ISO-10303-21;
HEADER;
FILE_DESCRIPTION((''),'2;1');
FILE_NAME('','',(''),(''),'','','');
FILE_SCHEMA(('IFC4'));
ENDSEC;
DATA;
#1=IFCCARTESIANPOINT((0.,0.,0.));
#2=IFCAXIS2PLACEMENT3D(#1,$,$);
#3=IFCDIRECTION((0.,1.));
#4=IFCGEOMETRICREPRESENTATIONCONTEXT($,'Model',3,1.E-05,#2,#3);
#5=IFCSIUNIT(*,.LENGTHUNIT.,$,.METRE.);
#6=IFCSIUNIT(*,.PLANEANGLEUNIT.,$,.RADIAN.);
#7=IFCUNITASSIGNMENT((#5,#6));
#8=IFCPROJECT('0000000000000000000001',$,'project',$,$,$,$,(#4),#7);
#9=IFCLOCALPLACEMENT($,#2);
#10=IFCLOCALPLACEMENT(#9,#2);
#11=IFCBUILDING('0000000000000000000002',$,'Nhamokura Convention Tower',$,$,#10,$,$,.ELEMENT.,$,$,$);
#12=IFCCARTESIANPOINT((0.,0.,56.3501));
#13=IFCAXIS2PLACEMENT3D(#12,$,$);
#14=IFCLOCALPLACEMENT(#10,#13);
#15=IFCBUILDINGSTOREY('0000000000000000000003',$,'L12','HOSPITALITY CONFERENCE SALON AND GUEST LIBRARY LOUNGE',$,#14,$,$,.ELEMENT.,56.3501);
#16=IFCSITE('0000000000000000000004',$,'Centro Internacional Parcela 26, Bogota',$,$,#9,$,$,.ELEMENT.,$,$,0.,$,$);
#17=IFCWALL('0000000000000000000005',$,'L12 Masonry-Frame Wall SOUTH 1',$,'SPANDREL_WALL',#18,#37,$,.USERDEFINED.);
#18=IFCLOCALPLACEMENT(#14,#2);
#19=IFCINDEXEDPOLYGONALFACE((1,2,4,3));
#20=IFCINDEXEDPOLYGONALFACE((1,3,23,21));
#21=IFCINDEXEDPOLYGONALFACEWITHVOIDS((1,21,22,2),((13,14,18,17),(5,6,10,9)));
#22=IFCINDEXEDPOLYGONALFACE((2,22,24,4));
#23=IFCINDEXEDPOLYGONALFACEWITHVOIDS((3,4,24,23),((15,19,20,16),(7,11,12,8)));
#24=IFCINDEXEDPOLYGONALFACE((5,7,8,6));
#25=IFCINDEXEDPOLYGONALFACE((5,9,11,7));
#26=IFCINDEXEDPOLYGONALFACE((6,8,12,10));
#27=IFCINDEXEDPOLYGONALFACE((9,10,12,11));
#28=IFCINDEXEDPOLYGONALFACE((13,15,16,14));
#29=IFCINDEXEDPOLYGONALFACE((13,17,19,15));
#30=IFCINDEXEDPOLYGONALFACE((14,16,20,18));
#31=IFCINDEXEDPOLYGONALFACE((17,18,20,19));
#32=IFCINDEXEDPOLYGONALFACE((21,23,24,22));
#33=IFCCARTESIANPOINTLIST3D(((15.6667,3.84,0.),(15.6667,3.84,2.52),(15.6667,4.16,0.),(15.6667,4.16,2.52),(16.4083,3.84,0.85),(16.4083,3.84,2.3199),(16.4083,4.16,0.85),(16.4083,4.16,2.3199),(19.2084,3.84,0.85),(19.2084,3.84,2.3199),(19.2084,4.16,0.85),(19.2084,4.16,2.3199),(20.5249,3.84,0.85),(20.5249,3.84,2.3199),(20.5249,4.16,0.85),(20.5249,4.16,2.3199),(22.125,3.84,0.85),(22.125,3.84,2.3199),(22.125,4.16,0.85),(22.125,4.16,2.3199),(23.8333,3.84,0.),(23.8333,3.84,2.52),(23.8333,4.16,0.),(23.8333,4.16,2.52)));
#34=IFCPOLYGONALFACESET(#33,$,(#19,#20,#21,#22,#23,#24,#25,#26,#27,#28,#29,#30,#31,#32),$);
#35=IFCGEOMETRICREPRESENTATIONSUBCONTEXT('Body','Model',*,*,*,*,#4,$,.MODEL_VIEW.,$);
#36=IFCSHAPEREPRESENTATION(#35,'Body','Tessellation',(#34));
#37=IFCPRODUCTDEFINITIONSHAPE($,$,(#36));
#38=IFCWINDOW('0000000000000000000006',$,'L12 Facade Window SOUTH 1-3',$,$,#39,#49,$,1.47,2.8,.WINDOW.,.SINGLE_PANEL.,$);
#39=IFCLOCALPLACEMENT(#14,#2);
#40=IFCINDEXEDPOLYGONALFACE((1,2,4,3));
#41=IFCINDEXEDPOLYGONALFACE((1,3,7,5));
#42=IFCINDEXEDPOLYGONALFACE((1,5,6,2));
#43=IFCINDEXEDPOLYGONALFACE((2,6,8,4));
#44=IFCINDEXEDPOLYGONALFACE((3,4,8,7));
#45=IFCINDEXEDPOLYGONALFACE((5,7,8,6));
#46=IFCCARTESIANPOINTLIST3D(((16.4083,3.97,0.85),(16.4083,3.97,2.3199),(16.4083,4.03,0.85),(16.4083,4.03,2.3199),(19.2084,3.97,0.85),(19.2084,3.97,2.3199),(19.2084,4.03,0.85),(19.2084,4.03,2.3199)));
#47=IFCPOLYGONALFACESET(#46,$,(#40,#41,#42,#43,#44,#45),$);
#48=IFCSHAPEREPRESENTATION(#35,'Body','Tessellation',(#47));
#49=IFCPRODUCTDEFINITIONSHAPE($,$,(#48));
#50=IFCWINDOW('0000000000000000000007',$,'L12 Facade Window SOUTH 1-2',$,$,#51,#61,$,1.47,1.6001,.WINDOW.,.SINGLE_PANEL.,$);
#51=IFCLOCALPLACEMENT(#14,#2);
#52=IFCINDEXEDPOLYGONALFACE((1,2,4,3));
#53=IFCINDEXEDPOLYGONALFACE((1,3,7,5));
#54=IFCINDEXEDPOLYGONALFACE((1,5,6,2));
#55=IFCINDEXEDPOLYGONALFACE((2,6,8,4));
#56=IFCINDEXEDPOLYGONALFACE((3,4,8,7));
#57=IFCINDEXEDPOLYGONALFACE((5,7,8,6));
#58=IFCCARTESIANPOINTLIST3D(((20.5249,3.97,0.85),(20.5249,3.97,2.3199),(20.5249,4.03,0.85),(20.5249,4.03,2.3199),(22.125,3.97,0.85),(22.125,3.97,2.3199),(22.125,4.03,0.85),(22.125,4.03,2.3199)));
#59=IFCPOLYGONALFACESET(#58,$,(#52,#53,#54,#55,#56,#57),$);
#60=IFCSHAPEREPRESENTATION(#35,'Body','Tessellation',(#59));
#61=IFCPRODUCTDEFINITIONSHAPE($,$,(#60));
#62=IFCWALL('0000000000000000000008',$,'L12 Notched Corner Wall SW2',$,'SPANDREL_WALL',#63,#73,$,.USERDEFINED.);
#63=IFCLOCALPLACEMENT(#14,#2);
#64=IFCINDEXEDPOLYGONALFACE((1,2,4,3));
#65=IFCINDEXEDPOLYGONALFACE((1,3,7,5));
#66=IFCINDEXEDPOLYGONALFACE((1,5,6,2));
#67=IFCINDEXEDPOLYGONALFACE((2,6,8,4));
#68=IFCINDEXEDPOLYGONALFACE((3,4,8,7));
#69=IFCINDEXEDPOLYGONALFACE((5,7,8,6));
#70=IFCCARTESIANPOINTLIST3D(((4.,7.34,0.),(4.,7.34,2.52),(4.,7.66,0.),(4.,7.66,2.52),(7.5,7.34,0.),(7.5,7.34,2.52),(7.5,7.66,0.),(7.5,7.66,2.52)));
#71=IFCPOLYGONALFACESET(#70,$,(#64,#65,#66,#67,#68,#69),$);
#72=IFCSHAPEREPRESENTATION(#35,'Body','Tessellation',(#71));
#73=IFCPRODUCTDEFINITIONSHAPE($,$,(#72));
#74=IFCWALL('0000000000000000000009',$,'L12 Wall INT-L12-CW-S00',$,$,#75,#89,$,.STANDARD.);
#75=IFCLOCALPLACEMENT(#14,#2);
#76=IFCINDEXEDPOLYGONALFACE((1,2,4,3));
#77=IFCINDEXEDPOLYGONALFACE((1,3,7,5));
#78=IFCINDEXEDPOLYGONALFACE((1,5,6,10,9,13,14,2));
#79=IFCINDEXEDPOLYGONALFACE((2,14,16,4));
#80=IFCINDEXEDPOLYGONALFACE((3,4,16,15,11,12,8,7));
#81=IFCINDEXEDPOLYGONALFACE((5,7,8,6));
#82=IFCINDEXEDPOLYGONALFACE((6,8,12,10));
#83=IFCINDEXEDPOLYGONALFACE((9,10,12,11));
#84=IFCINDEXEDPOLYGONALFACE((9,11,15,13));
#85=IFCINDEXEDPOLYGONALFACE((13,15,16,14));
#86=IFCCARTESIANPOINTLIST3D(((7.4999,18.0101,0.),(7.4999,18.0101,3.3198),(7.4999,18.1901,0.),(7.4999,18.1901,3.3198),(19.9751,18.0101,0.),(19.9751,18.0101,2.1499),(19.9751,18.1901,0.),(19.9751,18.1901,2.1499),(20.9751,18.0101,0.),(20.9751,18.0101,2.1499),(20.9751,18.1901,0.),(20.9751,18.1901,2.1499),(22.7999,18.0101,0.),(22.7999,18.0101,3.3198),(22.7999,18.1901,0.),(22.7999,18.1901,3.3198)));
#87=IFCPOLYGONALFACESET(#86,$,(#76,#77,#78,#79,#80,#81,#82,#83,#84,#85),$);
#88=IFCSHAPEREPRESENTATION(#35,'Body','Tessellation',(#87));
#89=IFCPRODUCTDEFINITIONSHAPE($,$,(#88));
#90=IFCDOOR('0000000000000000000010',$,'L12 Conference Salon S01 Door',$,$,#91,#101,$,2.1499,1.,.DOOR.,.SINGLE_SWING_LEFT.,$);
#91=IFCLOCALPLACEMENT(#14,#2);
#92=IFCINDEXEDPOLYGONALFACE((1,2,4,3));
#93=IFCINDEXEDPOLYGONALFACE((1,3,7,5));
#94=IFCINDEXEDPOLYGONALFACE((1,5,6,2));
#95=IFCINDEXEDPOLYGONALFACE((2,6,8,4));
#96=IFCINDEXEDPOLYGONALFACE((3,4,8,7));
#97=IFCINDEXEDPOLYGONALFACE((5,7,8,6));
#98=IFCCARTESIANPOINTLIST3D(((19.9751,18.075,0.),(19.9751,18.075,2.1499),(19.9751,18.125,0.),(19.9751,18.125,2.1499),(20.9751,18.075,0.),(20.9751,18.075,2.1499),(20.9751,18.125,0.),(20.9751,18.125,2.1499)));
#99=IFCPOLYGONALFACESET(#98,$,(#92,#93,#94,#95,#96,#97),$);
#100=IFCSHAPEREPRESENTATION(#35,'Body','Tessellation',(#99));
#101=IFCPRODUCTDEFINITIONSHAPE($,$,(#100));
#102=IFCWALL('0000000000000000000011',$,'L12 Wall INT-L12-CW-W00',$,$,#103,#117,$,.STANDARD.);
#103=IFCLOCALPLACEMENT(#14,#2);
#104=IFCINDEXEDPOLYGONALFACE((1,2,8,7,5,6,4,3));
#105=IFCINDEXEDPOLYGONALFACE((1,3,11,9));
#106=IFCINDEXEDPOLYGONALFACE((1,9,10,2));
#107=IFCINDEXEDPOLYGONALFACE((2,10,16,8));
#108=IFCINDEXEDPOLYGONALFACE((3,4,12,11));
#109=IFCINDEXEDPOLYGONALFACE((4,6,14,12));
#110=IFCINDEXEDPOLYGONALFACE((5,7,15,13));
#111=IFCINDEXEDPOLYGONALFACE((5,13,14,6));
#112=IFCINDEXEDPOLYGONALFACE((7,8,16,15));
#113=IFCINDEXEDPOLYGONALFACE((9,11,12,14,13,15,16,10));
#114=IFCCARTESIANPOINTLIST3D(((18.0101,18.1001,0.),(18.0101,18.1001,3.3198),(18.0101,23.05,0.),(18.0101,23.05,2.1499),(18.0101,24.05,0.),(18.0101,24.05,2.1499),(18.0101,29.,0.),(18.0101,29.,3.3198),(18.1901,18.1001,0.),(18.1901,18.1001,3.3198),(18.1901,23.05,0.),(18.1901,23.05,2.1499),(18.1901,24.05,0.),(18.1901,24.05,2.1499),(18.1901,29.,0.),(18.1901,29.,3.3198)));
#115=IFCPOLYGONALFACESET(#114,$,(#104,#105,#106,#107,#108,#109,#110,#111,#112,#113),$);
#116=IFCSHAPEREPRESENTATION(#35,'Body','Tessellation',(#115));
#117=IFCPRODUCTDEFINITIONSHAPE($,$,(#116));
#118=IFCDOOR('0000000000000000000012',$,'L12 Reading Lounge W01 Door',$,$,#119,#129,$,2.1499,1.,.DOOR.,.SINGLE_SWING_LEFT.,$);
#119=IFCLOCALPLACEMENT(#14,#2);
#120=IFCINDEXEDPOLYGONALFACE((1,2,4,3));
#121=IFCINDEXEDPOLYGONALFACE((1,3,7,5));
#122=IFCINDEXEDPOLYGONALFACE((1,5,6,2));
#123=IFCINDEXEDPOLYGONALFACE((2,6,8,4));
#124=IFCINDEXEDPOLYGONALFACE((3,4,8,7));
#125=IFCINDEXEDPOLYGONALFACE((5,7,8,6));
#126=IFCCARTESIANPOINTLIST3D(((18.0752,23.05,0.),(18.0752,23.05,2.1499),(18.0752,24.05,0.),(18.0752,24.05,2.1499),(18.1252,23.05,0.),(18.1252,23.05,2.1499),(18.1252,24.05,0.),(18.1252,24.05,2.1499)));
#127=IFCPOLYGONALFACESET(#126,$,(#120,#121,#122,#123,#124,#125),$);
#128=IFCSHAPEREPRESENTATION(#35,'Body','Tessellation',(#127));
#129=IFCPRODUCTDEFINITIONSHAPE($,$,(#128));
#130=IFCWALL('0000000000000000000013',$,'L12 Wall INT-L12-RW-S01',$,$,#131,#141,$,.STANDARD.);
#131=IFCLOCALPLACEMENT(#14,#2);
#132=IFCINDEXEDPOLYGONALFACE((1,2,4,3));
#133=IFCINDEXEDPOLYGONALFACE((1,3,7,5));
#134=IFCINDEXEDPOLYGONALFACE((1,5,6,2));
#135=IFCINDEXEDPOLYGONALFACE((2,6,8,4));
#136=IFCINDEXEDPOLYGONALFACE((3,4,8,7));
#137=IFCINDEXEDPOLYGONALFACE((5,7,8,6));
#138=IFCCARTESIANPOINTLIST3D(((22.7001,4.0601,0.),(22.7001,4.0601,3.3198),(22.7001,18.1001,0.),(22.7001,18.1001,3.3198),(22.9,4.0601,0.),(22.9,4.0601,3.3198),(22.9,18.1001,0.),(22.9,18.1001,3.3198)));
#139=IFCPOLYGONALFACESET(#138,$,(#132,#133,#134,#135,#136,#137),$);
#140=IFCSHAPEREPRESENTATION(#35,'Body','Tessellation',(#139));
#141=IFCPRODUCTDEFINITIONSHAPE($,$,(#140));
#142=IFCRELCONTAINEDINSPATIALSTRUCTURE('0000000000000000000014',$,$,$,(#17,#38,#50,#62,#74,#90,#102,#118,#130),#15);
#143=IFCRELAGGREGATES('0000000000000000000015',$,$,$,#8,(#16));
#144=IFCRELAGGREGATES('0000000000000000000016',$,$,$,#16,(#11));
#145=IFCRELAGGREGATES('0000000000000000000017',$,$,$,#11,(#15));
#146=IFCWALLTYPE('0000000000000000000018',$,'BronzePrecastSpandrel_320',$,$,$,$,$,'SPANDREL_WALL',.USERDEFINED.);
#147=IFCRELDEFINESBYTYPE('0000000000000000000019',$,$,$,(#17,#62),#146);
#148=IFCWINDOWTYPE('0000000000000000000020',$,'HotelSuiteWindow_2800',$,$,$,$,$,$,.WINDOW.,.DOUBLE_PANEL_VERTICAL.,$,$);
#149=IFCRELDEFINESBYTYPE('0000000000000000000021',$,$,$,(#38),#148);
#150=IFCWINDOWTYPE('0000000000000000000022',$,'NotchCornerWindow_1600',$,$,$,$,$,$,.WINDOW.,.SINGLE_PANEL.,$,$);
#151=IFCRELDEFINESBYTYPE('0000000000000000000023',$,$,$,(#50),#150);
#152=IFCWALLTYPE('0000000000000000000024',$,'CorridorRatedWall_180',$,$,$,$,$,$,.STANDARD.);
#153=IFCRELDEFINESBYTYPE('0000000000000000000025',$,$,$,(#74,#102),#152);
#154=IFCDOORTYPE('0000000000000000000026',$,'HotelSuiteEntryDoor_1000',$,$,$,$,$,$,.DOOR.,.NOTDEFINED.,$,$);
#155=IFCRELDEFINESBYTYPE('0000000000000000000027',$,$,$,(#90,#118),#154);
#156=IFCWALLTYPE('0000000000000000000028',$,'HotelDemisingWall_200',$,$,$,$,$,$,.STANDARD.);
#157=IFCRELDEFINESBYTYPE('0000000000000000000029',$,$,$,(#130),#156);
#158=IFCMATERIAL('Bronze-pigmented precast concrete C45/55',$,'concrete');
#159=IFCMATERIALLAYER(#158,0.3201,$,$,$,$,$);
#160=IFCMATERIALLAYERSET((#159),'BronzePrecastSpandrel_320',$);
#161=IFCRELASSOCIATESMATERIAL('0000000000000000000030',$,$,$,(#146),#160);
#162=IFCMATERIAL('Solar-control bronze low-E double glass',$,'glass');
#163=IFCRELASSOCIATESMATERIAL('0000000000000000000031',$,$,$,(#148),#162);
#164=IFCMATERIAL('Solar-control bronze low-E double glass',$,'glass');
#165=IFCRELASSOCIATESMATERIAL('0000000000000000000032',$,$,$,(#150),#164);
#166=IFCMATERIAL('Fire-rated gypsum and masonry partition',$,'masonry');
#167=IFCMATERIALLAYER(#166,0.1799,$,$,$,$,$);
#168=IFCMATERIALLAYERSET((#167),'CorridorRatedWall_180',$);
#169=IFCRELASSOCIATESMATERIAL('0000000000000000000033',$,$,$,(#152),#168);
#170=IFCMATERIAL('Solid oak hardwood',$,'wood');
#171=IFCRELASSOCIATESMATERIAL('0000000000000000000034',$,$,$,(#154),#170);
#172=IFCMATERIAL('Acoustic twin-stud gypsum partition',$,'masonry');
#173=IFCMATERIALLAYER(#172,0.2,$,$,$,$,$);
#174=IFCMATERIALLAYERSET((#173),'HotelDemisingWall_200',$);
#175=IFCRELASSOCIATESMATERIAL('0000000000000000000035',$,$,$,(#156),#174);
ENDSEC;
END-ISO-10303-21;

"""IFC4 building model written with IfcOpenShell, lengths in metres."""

from ifc_helpers import new_model, si_unit, direction, frame, frame_2d, origin, place, context, subcontext, project, spatial, rectangle, extrude, material, layer, layer_set, type_object, element, fill, save


model = new_model("IFC4")

# Units and contexts
model_context = context("Model", 3, precision=1e-05, world=origin(), true_north=direction((0.0, 1.0)))
body_context = subcontext(model_context, "Body", "Model", "MODEL_VIEW")
ifc_project = project(units=[si_unit("LENGTHUNIT", "METRE"), si_unit("PLANEANGLEUNIT", "RADIAN")], contexts=[model_context])

# Site, building, storey
site_placement = place(None, origin())
site = spatial("IfcSite", under=ifc_project, at=site_placement, Name="Centro Internacional Parcela 26, Bogota", CompositionType="ELEMENT", RefElevation=0.0)
building_placement = place(site_placement, origin())
building = spatial("IfcBuilding", under=site, at=building_placement, Name="Nhamokura Convention Tower", CompositionType="ELEMENT")
storey_placement = place(building_placement, frame((0.0, 0.0, 56.3501)))
storey = spatial("IfcBuildingStorey", under=building, at=storey_placement, Name="L12", Description="HOSPITALITY CONFERENCE SALON AND GUEST LIBRARY LOUNGE", CompositionType="ELEMENT", Elevation=56.3501)

# Shared definitions
ifc_material_1 = material(Name="Bronze-pigmented precast concrete C45/55", Category="concrete")
ifc_layer_1 = layer(ifc_material_1, 0.3201)
ifc_layer_set_1 = layer_set([ifc_layer_1], Name="BronzePrecastSpandrel_320")
wall_type_1 = type_object("IfcWallType", Name="BronzePrecastSpandrel_320", ElementType="SPANDREL_WALL", PredefinedType="USERDEFINED", material=ifc_layer_set_1)

# Wall, openings, windows
wall_1_placement = place(storey_placement, frame((23.8333, 4.0, 0.0), z_axis=(0.0, 0.0, 1.0), x_axis=(-1.0, 0.0, 0.0)))
wall_1 = element("IfcWall", 1, at=wall_1_placement, inside=storey, type_object=wall_type_1, Name="L12 Masonry-Frame Wall SOUTH 1", ObjectType="SPANDREL_WALL", PredefinedType="USERDEFINED", context=body_context, shape_type="SweptSolid", body=[
    extrude(rectangle(XDim=8.1665, YDim=0.3201, at=frame_2d((4.0833, 0.0))), origin(), (0.0, 0.0, 1.0), 2.52),
])
opening_1_placement = place(wall_1_placement, frame((1.7083, 0.0, 0.8501)))
opening_1 = element("IfcOpeningElement", 2, at=opening_1_placement, cuts=wall_1, PredefinedType="OPENING", context=body_context, shape_type="SweptSolid", body=[
    extrude(rectangle(XDim=1.6001, YDim=1.47, at=frame_2d((0.8, 0.7349))), frame((0.0, 0.1699, 0.0), z_axis=(0.0, -1.0, 0.0), x_axis=(1.0, 0.0, 0.0)), (0.0, 0.0, 1.0), 0.3401),
])
opening_2_placement = place(wall_1_placement, frame((4.625, 0.0, 0.8501)))
opening_2 = element("IfcOpeningElement", 3, at=opening_2_placement, cuts=wall_1, PredefinedType="OPENING", context=body_context, shape_type="SweptSolid", body=[
    extrude(rectangle(XDim=2.8, YDim=1.47, at=frame_2d((1.3999, 0.7349))), frame((0.0, 0.1699, 0.0), z_axis=(0.0, -1.0, 0.0), x_axis=(1.0, 0.0, 0.0)), (0.0, 0.0, 1.0), 0.3401),
])
ifc_material_2 = material(Name="Solar-control bronze low-E double glass", Category="glass")
window_type_1 = type_object("IfcWindowType", Name="HotelSuiteWindow_2800", PartitioningType="DOUBLE_PANEL_VERTICAL", PredefinedType="WINDOW", material=ifc_material_2)
window_1_placement = place(opening_2_placement, origin())
window_1 = element("IfcWindow", 4, at=window_1_placement, inside=storey, type_object=window_type_1, Name="L12 Facade Window SOUTH 1-3", OverallHeight=1.47, OverallWidth=2.8, PartitioningType="SINGLE_PANEL", PredefinedType="WINDOW", context=body_context, shape_type="SweptSolid", body=[
    extrude(rectangle(XDim=2.8, YDim=1.47, at=frame_2d((1.3999, 0.7349))), frame((0.0, 0.03, 0.0), z_axis=(0.0, -1.0, 0.0), x_axis=(1.0, 0.0, 0.0)), (0.0, 0.0, 1.0), 0.0601),
])
fill(opening_2, window_1)
ifc_material_3 = material(Name="Solar-control bronze low-E double glass", Category="glass")
window_type_2 = type_object("IfcWindowType", Name="NotchCornerWindow_1600", PartitioningType="SINGLE_PANEL", PredefinedType="WINDOW", material=ifc_material_3)
window_2_placement = place(opening_1_placement, origin())
window_2 = element("IfcWindow", 5, at=window_2_placement, inside=storey, type_object=window_type_2, Name="L12 Facade Window SOUTH 1-2", OverallHeight=1.47, OverallWidth=1.6001, PartitioningType="SINGLE_PANEL", PredefinedType="WINDOW", context=body_context, shape_type="SweptSolid", body=[
    extrude(rectangle(XDim=1.6001, YDim=1.47, at=frame_2d((0.8, 0.7349))), frame((0.0, 0.03, 0.0), z_axis=(0.0, -1.0, 0.0), x_axis=(1.0, 0.0, 0.0)), (0.0, 0.0, 1.0), 0.0601),
])
fill(opening_1, window_2)

# Wall
wall_2_placement = place(storey_placement, frame((7.5, 7.5, 0.0), z_axis=(0.0, 0.0, 1.0), x_axis=(-1.0, 0.0, 0.0)))
element("IfcWall", 6, at=wall_2_placement, inside=storey, type_object=wall_type_1, Name="L12 Notched Corner Wall SW2", ObjectType="SPANDREL_WALL", PredefinedType="USERDEFINED", context=body_context, shape_type="SweptSolid", body=[
    extrude(rectangle(XDim=3.5, YDim=0.3201, at=frame_2d((1.75, 0.0))), origin(), (0.0, 0.0, 1.0), 2.52),
])

# Walls, openings, doors
ifc_material_4 = material(Name="Fire-rated gypsum and masonry partition", Category="masonry")
ifc_layer_2 = layer(ifc_material_4, 0.1799)
ifc_layer_set_2 = layer_set([ifc_layer_2], Name="CorridorRatedWall_180")
wall_type_2 = type_object("IfcWallType", Name="CorridorRatedWall_180", PredefinedType="STANDARD", material=ifc_layer_set_2)
wall_3_placement = place(storey_placement, frame((7.5, 18.1001, 0.0), z_axis=(0.0, 0.0, 1.0), x_axis=(1.0, 0.0, 0.0)))
wall_3 = element("IfcWall", 7, at=wall_3_placement, inside=storey, type_object=wall_type_2, Name="L12 Wall INT-L12-CW-S00", PredefinedType="STANDARD", context=body_context, shape_type="SweptSolid", body=[
    extrude(rectangle(XDim=15.3, YDim=0.1799, at=frame_2d((7.6499, 0.0))), origin(), (0.0, 0.0, 1.0), 3.3198),
])
opening_3_placement = place(wall_3_placement, frame((12.4751, 0.0, 0.0)))
opening_3 = element("IfcOpeningElement", 8, at=opening_3_placement, cuts=wall_3, PredefinedType="OPENING", context=body_context, shape_type="SweptSolid", body=[
    extrude(rectangle(XDim=1.0, YDim=2.1499, at=frame_2d((0.5, 1.075))), frame((0.0, 0.0999, 0.0), z_axis=(0.0, -1.0, 0.0), x_axis=(1.0, 0.0, 0.0)), (0.0, 0.0, 1.0), 0.2),
])
ifc_material_5 = material(Name="Solid oak hardwood", Category="wood")
door_type = type_object("IfcDoorType", Name="HotelSuiteEntryDoor_1000", OperationType="NOTDEFINED", PredefinedType="DOOR", material=ifc_material_5)
door_1_placement = place(opening_3_placement, origin())
door_1 = element("IfcDoor", 9, at=door_1_placement, inside=storey, type_object=door_type, Name="L12 Conference Salon S01 Door", OperationType="SINGLE_SWING_LEFT", OverallHeight=2.1499, OverallWidth=1.0, PredefinedType="DOOR", context=body_context, shape_type="SweptSolid", body=[
    extrude(rectangle(XDim=1.0, YDim=2.1499, at=frame_2d((0.5, 1.075))), frame((0.0, 0.0249, 0.0), z_axis=(0.0, -1.0, 0.0), x_axis=(1.0, 0.0, 0.0)), (0.0, 0.0, 1.0), 0.05),
])
fill(opening_3, door_1)
wall_4_placement = place(storey_placement, frame((18.1001, 18.1001, 0.0), z_axis=(0.0, 0.0, 1.0), x_axis=(0.0, 1.0, 0.0)))
wall_4 = element("IfcWall", 10, at=wall_4_placement, inside=storey, type_object=wall_type_2, Name="L12 Wall INT-L12-CW-W00", PredefinedType="STANDARD", context=body_context, shape_type="SweptSolid", body=[
    extrude(rectangle(XDim=10.8999, YDim=0.1799, at=frame_2d((5.45, 0.0))), origin(), (0.0, 0.0, 1.0), 3.3198),
])
opening_4_placement = place(wall_4_placement, frame((4.95, 0.0, 0.0)))
opening_4 = element("IfcOpeningElement", 11, at=opening_4_placement, cuts=wall_4, PredefinedType="OPENING", context=body_context, shape_type="SweptSolid", body=[
    extrude(rectangle(XDim=1.0, YDim=2.1499, at=frame_2d((0.5, 1.075))), frame((0.0, 0.0999, 0.0), z_axis=(0.0, -1.0, 0.0), x_axis=(1.0, 0.0, 0.0)), (0.0, 0.0, 1.0), 0.2),
])
door_2_placement = place(opening_4_placement, origin())
door_2 = element("IfcDoor", 12, at=door_2_placement, inside=storey, type_object=door_type, Name="L12 Reading Lounge W01 Door", OperationType="SINGLE_SWING_LEFT", OverallHeight=2.1499, OverallWidth=1.0, PredefinedType="DOOR", context=body_context, shape_type="SweptSolid", body=[
    extrude(rectangle(XDim=1.0, YDim=2.1499, at=frame_2d((0.5, 1.075))), frame((0.0, 0.0249, 0.0), z_axis=(0.0, -1.0, 0.0), x_axis=(1.0, 0.0, 0.0)), (0.0, 0.0, 1.0), 0.05),
])
fill(opening_4, door_2)

# Wall
ifc_material_6 = material(Name="Acoustic twin-stud gypsum partition", Category="masonry")
ifc_layer_3 = layer(ifc_material_6, 0.2)
ifc_layer_set_3 = layer_set([ifc_layer_3], Name="HotelDemisingWall_200")
wall_type_3 = type_object("IfcWallType", Name="HotelDemisingWall_200", PredefinedType="STANDARD", material=ifc_layer_set_3)
wall_5_placement = place(storey_placement, frame((22.8, 4.0601, 0.0), z_axis=(0.0, 0.0, 1.0), x_axis=(0.0, 1.0, 0.0)))
element("IfcWall", 13, at=wall_5_placement, inside=storey, type_object=wall_type_3, Name="L12 Wall INT-L12-RW-S01", PredefinedType="STANDARD", context=body_context, shape_type="SweptSolid", body=[
    extrude(rectangle(XDim=14.04, YDim=0.2, at=frame_2d((7.02, 0.0))), origin(), (0.0, 0.0, 1.0), 3.3198),
])

save(model, "model.ifc")
